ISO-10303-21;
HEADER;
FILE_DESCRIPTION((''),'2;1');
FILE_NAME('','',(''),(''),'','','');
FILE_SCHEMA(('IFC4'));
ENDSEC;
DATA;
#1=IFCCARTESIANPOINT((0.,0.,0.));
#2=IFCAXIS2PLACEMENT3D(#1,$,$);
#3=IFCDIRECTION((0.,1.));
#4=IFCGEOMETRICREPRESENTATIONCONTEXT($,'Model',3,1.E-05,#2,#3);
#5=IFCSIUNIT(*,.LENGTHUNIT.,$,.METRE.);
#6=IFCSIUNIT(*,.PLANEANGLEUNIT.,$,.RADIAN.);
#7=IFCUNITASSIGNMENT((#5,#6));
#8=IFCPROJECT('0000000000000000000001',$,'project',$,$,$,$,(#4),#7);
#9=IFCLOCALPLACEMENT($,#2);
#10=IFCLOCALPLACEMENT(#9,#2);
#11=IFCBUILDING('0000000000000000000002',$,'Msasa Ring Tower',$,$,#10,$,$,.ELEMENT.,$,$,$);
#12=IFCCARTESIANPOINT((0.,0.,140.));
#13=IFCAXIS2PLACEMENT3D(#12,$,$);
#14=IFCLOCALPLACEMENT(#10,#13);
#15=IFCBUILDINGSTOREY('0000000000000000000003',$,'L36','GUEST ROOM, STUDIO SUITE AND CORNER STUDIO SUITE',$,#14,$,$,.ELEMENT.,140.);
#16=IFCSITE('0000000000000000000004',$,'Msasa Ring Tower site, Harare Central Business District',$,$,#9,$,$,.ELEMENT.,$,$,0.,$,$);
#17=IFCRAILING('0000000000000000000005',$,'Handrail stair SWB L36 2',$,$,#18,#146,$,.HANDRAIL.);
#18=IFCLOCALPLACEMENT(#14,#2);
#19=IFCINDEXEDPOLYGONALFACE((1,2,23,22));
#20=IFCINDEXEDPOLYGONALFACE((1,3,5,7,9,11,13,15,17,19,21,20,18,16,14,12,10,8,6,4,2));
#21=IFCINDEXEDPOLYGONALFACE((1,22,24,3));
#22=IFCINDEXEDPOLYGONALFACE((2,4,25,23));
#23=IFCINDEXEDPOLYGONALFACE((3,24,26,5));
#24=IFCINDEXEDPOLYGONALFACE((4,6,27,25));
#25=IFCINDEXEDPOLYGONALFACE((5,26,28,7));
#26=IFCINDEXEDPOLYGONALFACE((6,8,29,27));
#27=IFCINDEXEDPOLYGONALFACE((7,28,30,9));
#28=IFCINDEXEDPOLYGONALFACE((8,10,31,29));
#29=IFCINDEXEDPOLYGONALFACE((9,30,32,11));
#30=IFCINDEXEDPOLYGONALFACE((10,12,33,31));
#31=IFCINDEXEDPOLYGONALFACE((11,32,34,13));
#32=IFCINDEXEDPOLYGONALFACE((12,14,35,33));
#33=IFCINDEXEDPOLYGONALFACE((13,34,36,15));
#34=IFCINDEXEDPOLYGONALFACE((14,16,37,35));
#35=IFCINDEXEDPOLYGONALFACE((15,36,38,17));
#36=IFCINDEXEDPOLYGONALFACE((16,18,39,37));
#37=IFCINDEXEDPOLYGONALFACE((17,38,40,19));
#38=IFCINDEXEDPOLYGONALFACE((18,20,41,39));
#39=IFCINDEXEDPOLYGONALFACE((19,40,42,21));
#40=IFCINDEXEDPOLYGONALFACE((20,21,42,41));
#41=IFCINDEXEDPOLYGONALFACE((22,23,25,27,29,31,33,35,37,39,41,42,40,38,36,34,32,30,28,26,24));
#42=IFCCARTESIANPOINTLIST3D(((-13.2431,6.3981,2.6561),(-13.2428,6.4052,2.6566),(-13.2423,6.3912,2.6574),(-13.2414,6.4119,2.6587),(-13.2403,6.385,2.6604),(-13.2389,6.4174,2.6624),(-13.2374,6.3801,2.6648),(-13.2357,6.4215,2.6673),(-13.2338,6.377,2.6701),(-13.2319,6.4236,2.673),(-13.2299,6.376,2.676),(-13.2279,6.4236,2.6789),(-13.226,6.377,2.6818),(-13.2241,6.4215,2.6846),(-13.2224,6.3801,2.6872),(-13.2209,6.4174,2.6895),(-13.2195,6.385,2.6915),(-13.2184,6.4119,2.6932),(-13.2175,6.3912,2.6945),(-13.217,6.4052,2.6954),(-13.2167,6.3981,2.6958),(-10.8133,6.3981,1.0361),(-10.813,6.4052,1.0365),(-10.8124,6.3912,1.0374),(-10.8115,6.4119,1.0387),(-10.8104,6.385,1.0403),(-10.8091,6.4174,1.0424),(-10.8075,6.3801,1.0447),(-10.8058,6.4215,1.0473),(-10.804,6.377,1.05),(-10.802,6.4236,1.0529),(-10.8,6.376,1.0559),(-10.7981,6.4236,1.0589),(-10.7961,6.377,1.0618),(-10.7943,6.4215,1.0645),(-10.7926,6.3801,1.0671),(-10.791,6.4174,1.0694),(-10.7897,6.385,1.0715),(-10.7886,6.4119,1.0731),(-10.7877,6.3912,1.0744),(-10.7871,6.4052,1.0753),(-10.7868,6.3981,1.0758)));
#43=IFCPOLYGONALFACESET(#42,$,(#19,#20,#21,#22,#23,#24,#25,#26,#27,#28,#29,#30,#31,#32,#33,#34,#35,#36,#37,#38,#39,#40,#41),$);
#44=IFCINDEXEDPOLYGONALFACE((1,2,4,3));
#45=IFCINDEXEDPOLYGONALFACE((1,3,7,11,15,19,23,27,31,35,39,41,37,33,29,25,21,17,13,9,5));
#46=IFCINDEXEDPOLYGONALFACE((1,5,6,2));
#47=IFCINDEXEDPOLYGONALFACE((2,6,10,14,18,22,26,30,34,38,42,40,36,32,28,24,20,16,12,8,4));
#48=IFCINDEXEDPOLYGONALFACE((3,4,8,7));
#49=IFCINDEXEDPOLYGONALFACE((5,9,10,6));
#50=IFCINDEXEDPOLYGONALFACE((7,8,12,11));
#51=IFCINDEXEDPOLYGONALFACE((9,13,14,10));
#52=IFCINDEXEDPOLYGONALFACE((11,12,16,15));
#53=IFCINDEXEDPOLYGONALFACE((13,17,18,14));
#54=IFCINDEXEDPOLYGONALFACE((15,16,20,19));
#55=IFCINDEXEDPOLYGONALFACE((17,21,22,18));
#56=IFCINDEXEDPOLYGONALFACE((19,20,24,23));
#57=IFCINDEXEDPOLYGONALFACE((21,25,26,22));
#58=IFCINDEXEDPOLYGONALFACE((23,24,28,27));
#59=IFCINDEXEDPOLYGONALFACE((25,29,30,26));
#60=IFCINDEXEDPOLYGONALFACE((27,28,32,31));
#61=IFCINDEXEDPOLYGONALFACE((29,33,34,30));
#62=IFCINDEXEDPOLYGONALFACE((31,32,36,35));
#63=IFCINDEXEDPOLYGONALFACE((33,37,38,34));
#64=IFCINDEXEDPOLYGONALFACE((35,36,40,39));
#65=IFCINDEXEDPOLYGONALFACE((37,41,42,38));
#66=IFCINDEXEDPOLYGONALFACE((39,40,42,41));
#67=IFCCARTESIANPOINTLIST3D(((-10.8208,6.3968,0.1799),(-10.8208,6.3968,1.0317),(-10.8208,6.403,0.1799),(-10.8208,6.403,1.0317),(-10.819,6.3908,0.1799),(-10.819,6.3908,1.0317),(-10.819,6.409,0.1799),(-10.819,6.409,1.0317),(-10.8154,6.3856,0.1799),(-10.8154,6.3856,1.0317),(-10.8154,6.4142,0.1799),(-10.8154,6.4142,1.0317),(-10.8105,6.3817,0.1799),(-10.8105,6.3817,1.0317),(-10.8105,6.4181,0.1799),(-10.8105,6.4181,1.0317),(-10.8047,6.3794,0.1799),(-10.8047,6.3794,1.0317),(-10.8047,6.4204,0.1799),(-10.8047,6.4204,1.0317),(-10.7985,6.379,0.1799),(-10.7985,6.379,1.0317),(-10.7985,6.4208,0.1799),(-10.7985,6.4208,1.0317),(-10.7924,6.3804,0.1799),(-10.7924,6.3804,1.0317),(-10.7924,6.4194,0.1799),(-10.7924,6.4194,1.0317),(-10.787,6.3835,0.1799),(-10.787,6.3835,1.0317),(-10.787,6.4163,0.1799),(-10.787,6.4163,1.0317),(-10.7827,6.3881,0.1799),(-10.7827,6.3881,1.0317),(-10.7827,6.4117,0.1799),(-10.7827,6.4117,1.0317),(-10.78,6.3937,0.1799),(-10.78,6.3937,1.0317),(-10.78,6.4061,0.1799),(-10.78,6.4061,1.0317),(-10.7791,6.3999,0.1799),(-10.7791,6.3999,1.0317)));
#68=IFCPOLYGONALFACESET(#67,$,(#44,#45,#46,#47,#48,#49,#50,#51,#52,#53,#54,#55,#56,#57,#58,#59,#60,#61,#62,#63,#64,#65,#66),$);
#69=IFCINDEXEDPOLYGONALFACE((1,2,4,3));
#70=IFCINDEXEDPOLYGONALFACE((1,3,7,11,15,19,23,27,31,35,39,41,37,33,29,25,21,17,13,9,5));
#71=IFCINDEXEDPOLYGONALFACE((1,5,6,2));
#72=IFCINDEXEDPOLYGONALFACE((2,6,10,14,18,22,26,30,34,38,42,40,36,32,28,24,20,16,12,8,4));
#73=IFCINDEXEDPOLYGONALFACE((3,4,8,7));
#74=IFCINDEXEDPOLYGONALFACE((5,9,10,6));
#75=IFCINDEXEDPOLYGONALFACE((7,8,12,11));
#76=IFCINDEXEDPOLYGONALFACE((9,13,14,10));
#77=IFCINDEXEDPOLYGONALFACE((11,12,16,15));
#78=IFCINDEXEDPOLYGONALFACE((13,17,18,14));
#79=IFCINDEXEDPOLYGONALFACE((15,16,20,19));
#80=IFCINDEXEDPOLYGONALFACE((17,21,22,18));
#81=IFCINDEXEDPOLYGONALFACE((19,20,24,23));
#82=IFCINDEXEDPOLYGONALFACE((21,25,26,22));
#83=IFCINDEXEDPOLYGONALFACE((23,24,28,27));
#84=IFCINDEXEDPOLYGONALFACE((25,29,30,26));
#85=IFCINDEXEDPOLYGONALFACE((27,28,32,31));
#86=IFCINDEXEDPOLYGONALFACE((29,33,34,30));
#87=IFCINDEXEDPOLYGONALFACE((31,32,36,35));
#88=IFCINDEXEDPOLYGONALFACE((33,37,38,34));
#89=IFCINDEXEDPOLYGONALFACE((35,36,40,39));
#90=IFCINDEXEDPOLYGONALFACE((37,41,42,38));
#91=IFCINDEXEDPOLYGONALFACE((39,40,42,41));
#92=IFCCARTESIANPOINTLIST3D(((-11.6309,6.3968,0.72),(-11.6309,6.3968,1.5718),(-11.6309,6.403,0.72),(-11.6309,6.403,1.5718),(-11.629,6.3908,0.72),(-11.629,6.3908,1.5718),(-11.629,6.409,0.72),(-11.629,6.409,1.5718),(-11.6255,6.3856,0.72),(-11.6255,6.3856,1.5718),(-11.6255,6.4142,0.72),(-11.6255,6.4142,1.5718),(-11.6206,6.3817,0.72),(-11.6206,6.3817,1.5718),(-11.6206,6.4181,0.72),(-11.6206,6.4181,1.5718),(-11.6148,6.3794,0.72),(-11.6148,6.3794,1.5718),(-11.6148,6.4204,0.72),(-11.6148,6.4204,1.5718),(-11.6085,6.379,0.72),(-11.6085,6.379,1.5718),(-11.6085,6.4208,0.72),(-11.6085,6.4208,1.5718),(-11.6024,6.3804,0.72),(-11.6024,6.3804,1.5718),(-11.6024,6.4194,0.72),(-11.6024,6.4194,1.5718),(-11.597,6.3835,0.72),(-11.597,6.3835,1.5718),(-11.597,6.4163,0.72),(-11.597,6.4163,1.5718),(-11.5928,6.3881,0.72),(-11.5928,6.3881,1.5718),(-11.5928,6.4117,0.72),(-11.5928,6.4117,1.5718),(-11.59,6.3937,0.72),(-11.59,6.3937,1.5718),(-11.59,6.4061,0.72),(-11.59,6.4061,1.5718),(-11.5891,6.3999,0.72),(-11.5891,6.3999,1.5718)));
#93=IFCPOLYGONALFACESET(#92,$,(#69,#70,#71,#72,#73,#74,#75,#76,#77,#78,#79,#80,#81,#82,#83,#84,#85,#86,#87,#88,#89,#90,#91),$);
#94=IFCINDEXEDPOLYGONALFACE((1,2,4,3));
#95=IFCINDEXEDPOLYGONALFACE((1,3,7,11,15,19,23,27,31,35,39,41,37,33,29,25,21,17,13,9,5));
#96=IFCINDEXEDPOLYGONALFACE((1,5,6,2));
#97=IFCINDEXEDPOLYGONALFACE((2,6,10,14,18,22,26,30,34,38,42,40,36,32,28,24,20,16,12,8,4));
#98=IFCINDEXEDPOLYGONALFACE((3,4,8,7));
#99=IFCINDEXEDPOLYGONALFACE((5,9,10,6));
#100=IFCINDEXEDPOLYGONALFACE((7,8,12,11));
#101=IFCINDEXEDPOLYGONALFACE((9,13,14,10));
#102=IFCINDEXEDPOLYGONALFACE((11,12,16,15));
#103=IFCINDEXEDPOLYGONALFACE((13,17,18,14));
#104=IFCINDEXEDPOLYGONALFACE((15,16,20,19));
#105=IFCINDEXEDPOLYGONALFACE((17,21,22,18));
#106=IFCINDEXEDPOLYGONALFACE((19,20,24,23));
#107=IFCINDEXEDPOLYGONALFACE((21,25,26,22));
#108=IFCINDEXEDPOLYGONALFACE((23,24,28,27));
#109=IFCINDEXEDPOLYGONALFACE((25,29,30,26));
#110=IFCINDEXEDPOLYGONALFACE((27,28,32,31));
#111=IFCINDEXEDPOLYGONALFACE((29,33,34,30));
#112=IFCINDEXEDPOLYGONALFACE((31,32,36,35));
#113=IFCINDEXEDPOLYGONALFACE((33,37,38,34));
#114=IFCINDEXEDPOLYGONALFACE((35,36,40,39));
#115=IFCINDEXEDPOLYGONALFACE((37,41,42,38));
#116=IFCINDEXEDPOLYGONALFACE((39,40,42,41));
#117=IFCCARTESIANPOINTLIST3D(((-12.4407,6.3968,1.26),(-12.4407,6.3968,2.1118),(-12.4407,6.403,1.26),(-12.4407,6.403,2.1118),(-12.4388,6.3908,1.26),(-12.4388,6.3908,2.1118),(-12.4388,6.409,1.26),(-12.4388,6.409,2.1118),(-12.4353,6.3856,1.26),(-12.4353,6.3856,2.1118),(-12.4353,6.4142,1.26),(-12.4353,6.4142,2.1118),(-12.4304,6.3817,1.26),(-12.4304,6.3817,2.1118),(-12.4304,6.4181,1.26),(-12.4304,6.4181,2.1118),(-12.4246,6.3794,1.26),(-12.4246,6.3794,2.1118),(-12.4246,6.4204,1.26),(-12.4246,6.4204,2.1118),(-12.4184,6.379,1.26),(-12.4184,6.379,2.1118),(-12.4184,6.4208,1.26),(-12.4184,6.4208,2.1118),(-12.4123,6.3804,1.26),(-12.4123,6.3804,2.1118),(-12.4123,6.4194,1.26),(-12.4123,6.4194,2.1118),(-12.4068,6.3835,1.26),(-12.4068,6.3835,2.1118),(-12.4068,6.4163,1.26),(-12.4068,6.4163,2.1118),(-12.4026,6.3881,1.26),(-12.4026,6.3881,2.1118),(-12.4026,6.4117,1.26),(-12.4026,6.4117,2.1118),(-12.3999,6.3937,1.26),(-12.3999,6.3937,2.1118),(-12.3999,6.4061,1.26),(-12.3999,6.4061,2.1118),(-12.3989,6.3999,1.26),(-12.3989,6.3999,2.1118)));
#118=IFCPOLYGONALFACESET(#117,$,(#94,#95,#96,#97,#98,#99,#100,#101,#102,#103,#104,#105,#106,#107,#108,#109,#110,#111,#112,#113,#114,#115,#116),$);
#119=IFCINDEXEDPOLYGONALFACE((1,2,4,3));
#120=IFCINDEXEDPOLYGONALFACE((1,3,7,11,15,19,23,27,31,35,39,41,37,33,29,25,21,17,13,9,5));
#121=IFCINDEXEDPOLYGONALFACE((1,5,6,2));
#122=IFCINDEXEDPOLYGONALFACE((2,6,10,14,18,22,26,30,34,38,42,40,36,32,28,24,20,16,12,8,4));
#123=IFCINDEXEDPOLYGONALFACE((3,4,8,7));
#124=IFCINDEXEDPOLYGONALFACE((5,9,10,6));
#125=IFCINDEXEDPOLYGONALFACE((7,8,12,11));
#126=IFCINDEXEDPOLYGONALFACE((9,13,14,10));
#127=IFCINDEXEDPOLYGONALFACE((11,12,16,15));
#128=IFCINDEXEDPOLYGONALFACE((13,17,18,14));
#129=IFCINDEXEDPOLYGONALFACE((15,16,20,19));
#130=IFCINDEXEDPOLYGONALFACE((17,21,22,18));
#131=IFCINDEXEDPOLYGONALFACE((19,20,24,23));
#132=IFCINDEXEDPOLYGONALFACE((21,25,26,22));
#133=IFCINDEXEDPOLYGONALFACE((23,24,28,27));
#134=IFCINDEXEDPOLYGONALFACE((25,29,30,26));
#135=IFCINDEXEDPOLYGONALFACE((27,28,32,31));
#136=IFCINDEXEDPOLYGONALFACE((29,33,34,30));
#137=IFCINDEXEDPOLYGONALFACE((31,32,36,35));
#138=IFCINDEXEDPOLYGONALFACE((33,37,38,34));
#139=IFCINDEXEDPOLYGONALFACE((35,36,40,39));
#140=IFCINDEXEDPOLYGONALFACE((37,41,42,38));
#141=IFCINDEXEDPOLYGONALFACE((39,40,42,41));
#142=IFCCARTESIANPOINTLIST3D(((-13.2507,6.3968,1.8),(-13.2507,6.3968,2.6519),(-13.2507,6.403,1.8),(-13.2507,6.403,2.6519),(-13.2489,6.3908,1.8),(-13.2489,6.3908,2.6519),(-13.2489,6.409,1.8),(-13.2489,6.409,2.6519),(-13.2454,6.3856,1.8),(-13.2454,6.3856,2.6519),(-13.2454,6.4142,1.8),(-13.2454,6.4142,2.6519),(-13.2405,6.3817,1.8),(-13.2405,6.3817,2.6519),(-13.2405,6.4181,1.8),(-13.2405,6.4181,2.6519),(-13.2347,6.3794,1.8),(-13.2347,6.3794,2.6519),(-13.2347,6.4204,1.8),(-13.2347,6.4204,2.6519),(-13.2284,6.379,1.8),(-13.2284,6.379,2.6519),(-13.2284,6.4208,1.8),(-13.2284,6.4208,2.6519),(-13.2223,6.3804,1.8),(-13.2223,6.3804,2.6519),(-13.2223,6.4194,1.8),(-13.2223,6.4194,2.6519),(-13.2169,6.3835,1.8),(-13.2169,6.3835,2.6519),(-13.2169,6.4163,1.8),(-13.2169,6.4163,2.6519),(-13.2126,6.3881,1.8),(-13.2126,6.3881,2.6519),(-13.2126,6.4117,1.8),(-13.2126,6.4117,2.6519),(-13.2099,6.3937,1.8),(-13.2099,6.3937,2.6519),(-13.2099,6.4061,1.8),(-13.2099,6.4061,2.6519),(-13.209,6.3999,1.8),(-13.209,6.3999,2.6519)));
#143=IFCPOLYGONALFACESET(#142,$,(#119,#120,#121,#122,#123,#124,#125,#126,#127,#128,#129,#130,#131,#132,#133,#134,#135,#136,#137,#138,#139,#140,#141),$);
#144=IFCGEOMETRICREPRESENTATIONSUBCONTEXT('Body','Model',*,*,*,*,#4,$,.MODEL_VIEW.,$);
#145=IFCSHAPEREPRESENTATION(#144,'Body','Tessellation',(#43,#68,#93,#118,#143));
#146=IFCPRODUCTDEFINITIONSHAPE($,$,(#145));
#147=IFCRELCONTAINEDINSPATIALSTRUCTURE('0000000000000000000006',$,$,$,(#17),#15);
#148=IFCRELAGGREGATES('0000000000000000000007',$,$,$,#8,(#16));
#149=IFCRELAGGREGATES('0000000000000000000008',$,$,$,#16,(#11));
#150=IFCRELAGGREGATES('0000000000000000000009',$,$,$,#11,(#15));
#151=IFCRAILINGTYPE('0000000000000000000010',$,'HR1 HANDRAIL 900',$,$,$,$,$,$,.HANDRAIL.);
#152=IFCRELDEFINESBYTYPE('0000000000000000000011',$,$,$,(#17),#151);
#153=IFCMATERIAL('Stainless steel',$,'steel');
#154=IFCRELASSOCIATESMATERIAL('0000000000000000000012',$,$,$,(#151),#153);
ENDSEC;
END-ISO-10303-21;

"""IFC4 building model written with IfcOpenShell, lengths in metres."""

from ifc_helpers import new_model, si_unit, direction, frame, origin, origin_2d, place, context, subcontext, project, spatial, circle, extrude, material, type_object, element, save


model = new_model("IFC4")

# Units and contexts
model_context = context("Model", 3, precision=1e-05, world=origin(), true_north=direction((0.0, 1.0)))
body_context = subcontext(model_context, "Body", "Model", "MODEL_VIEW")
ifc_project = project(units=[si_unit("LENGTHUNIT", "METRE"), si_unit("PLANEANGLEUNIT", "RADIAN")], contexts=[model_context])

# Site, building, storey
site_placement = place(None, origin())
site = spatial("IfcSite", under=ifc_project, at=site_placement, Name="Msasa Ring Tower site, Harare Central Business District", CompositionType="ELEMENT", RefElevation=0.0)
building_placement = place(site_placement, origin())
building = spatial("IfcBuilding", under=site, at=building_placement, Name="Msasa Ring Tower", CompositionType="ELEMENT")
storey_placement = place(building_placement, frame((0.0, 0.0, 140.0)))
storey = spatial("IfcBuildingStorey", under=building, at=storey_placement, Name="L36", Description="GUEST ROOM, STUDIO SUITE AND CORNER STUDIO SUITE", CompositionType="ELEMENT", Elevation=140.0)

# Railing
ifc_material_1 = material(Name="Stainless steel", Category="steel")
railing_type = type_object("IfcRailingType", Name="HR1 HANDRAIL 900", PredefinedType="HANDRAIL", material=ifc_material_1)
for number, where, name in (
    (1, (-10.8, 6.3999, 0.1799), "Handrail stair SWB L36 2"),
):
    element("IfcRailing", number, at=place(storey_placement, frame(where)), inside=storey, type_object=railing_type, Name=name, PredefinedType="HANDRAIL", context=body_context, shape_type="SweptSolid", body=[
        extrude(circle(Radius=0.0239, at=origin_2d()), frame((0.0, 0.0, 0.876), z_axis=(-0.832025, 0.0, 0.554739), x_axis=(0.0, -1.0, 0.0)), (0.0, 0.0, 1.0), 2.9204),
        extrude(circle(Radius=0.021, at=origin_2d()), origin(), (0.0, 0.0, 1.0), 0.8518),
        extrude(circle(Radius=0.021, at=origin_2d()), frame((-0.8101, 0.0, 0.54)), (0.0, 0.0, 1.0), 0.8518),
        extrude(circle(Radius=0.021, at=origin_2d()), frame((-1.6199, 0.0, 1.0801)), (0.0, 0.0, 1.0), 0.8518),
        extrude(circle(Radius=0.021, at=origin_2d()), frame((-2.4299, 0.0, 1.6201)), (0.0, 0.0, 1.0), 0.8518),
    ])

save(model, "model.ifc")
